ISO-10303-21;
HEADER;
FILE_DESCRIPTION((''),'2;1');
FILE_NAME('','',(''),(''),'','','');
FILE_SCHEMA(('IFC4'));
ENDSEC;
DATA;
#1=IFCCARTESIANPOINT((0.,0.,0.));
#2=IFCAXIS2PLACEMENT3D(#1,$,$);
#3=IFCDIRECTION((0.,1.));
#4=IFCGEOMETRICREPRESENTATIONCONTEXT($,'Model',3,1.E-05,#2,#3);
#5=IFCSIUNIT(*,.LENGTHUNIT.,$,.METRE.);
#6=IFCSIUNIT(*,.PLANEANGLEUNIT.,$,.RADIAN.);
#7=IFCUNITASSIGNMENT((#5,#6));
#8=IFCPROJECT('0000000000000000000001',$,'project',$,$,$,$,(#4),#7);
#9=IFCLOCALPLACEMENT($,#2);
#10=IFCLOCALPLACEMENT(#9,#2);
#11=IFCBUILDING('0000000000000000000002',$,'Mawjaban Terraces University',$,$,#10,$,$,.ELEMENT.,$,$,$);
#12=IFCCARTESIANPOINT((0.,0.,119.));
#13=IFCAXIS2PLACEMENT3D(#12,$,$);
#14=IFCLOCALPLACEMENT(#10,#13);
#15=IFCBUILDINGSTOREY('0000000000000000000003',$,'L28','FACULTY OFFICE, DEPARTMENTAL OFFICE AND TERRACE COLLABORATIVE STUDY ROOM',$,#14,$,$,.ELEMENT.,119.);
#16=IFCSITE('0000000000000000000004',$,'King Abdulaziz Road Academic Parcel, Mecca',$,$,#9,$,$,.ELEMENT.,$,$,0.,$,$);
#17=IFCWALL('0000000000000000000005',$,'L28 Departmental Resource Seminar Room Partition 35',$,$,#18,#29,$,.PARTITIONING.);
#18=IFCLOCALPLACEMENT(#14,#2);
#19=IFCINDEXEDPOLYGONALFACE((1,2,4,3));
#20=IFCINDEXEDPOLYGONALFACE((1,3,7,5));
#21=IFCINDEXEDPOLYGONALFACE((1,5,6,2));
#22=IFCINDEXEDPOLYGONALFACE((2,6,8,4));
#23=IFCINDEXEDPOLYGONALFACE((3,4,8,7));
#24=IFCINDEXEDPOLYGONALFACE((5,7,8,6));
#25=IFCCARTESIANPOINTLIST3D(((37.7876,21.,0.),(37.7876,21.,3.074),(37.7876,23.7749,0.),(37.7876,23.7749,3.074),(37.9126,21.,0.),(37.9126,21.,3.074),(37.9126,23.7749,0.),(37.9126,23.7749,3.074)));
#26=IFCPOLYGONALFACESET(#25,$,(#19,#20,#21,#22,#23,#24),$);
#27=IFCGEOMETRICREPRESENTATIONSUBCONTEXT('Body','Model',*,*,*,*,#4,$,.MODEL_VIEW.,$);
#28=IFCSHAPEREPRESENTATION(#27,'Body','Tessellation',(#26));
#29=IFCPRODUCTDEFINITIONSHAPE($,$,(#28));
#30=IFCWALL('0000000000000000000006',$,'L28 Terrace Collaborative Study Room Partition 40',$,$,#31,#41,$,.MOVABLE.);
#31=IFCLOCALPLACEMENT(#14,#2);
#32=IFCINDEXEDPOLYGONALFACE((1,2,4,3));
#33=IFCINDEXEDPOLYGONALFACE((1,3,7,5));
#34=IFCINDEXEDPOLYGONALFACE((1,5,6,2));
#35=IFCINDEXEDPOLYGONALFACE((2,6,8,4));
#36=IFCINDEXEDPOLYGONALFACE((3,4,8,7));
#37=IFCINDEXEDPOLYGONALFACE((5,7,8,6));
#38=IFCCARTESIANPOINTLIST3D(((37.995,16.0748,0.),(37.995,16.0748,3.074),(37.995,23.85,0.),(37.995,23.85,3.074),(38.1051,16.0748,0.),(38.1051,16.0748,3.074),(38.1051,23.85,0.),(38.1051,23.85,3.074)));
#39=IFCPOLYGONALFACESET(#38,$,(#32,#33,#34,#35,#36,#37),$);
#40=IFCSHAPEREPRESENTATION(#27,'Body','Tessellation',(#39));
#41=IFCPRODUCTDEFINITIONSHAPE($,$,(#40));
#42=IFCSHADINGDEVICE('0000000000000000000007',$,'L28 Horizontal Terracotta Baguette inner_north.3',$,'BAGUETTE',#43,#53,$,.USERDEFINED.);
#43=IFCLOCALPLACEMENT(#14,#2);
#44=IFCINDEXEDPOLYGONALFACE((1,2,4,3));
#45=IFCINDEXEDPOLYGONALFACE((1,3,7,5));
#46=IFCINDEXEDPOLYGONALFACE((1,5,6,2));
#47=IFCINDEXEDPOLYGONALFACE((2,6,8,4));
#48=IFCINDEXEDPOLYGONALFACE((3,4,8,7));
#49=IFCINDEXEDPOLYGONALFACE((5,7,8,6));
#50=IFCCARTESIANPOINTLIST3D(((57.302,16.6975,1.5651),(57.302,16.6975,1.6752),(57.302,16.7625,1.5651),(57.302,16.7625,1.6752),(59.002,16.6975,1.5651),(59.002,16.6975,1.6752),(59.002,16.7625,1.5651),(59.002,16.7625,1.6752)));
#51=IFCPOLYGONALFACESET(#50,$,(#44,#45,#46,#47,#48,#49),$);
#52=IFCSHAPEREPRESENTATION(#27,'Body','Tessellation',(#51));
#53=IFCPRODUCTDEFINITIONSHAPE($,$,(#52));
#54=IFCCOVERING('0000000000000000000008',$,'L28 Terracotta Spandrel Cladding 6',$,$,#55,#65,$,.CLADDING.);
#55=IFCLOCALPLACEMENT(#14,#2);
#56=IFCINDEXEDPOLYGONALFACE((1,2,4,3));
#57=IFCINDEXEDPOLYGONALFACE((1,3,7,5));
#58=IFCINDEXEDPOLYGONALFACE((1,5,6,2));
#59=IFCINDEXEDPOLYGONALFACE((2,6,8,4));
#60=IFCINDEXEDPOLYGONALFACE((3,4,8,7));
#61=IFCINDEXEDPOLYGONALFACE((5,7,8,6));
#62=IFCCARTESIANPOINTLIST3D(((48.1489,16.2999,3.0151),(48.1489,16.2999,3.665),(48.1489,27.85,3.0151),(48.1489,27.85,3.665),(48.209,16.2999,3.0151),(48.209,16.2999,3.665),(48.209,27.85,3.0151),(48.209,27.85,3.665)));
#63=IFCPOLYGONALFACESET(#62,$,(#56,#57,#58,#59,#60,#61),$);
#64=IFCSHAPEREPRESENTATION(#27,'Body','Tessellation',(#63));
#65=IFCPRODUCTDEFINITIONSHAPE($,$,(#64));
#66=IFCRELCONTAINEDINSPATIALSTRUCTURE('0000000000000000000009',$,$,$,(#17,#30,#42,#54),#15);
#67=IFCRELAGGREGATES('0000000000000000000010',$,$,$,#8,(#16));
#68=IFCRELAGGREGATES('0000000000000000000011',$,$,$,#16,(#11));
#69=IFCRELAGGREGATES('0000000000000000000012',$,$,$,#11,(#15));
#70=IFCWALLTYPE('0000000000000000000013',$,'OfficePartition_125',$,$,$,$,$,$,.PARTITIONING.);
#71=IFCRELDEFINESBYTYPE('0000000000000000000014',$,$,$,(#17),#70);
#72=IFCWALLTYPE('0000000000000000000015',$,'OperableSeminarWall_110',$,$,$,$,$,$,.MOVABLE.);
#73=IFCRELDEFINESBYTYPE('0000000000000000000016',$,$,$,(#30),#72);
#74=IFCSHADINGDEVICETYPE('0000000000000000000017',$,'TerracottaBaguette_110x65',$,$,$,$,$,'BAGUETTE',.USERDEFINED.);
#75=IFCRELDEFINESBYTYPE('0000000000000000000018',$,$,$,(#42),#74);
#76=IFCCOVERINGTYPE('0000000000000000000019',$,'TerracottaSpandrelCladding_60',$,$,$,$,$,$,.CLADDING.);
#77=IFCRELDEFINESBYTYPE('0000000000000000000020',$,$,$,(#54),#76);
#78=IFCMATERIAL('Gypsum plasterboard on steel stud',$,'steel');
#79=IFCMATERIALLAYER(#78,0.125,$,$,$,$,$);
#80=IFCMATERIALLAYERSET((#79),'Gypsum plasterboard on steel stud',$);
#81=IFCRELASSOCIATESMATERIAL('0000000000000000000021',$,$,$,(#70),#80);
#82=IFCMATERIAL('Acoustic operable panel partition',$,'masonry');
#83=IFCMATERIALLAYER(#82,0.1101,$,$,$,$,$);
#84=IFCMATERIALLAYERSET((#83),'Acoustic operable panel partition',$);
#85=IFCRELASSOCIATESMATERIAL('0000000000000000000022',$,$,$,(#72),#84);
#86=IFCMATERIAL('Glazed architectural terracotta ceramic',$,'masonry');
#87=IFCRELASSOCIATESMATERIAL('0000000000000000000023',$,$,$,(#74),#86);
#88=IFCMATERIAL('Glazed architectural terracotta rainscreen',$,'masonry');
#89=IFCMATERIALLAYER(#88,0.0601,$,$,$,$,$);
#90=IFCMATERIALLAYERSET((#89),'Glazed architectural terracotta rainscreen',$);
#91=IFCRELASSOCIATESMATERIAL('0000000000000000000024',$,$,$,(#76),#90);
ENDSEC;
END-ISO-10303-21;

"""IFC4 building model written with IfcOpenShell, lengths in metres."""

from ifc_helpers import new_model, si_unit, direction, frame, frame_2d, origin, origin_2d, place, context, subcontext, project, spatial, rectangle, extrude, material, layer, layer_set, material_profile, profile_set, type_object, element, save


model = new_model("IFC4")

# Units and contexts
model_context = context("Model", 3, precision=1e-05, world=origin(), true_north=direction((0.0, 1.0)))
body_context = subcontext(model_context, "Body", "Model", "MODEL_VIEW")
ifc_project = project(units=[si_unit("LENGTHUNIT", "METRE"), si_unit("PLANEANGLEUNIT", "RADIAN")], contexts=[model_context])

# Site, building, storey
site_placement = place(None, origin())
site = spatial("IfcSite", under=ifc_project, at=site_placement, Name="King Abdulaziz Road Academic Parcel, Mecca", CompositionType="ELEMENT", RefElevation=0.0)
building_placement = place(site_placement, origin())
building = spatial("IfcBuilding", under=site, at=building_placement, Name="Mawjaban Terraces University", CompositionType="ELEMENT")
storey_placement = place(building_placement, frame((0.0, 0.0, 119.0)))
storey = spatial("IfcBuildingStorey", under=building, at=storey_placement, Name="L28", Description="FACULTY OFFICE, DEPARTMENTAL OFFICE AND TERRACE COLLABORATIVE STUDY ROOM", CompositionType="ELEMENT", Elevation=119.0)

# Walls
ifc_material_1 = material(Name="Gypsum plasterboard on steel stud", Category="steel")
ifc_layer_1 = layer(ifc_material_1, 0.125)
ifc_layer_set_1 = layer_set([ifc_layer_1], Name="Gypsum plasterboard on steel stud")
wall_type_1 = type_object("IfcWallType", Name="OfficePartition_125", PredefinedType="PARTITIONING", material=ifc_layer_set_1)
wall_1_placement = place(storey_placement, frame((37.8501, 21.0, 0.0), z_axis=(0.0, 0.0, 1.0), x_axis=(0.0, 1.0, 0.0)))
element("IfcWall", 1, at=wall_1_placement, inside=storey, type_object=wall_type_1, Name="L28 Departmental Resource Seminar Room Partition 35", PredefinedType="PARTITIONING", context=body_context, shape_type="SweptSolid", body=[
    extrude(rectangle(XDim=2.7749, YDim=0.125, at=frame_2d((1.3875, 0.0))), origin(), (0.0, 0.0, 1.0), 3.074),
])
ifc_material_2 = material(Name="Acoustic operable panel partition", Category="masonry")
ifc_layer_2 = layer(ifc_material_2, 0.1101)
ifc_layer_set_2 = layer_set([ifc_layer_2], Name="Acoustic operable panel partition")
wall_type_2 = type_object("IfcWallType", Name="OperableSeminarWall_110", PredefinedType="MOVABLE", material=ifc_layer_set_2)
wall_2_placement = place(storey_placement, frame((38.05, 23.8501, 0.0), z_axis=(0.0, 0.0, 1.0), x_axis=(0.0, -1.0, 0.0)))
element("IfcWall", 2, at=wall_2_placement, inside=storey, type_object=wall_type_2, Name="L28 Terrace Collaborative Study Room Partition 40", PredefinedType="MOVABLE", context=body_context, shape_type="SweptSolid", body=[
    extrude(rectangle(XDim=7.7751, YDim=0.1101, at=frame_2d((3.8877, 0.0))), origin(), (0.0, 0.0, 1.0), 3.074),
])

# Shading device
ifc_material_3 = material(Name="Glazed architectural terracotta ceramic", Category="masonry")
ifc_material_profile_1 = material_profile(ifc_material_3, rectangle(XDim=0.0649, YDim=0.1101, at=origin_2d()), Name="TBAG110X65")
ifc_profile_set_1 = profile_set([ifc_material_profile_1], Name="Glazed architectural terracotta ceramic")
shading_device_type = type_object("IfcShadingDeviceType", Name="TerracottaBaguette_110x65", ElementType="BAGUETTE", PredefinedType="USERDEFINED", material=ifc_profile_set_1)
shading_device_placement = place(storey_placement, frame((57.302, 16.73, 1.6201), z_axis=(1.0, 0.0, 0.0), x_axis=(0.0, 1.0, 0.0)))
element("IfcShadingDevice", 3, at=shading_device_placement, inside=storey, type_object=shading_device_type, Name="L28 Horizontal Terracotta Baguette inner_north.3", ObjectType="BAGUETTE", PredefinedType="USERDEFINED", context=body_context, shape_type="SweptSolid", body=[
    extrude(rectangle(XDim=0.0649, YDim=0.1101, at=origin_2d()), origin(), (0.0, 0.0, 1.0), 1.7),
])

# Covering
ifc_material_4 = material(Name="Glazed architectural terracotta rainscreen", Category="masonry")
ifc_layer_3 = layer(ifc_material_4, 0.0601)
ifc_layer_set_3 = layer_set([ifc_layer_3], Name="Glazed architectural terracotta rainscreen")
covering_type = type_object("IfcCoveringType", Name="TerracottaSpandrelCladding_60", PredefinedType="CLADDING", material=ifc_layer_set_3)
covering_placement = place(storey_placement, frame((48.179, 22.075, 3.0151), z_axis=(0.0, 0.0, 1.0), x_axis=(0.0, 1.0, 0.0)))
element("IfcCovering", 4, at=covering_placement, inside=storey, type_object=covering_type, Name="L28 Terracotta Spandrel Cladding 6", PredefinedType="CLADDING", context=body_context, shape_type="SweptSolid", body=[
    extrude(rectangle(XDim=11.55, YDim=0.0601, at=origin_2d()), origin(), (0.0, 0.0, 1.0), 0.6499),
])

save(model, "model.ifc")
